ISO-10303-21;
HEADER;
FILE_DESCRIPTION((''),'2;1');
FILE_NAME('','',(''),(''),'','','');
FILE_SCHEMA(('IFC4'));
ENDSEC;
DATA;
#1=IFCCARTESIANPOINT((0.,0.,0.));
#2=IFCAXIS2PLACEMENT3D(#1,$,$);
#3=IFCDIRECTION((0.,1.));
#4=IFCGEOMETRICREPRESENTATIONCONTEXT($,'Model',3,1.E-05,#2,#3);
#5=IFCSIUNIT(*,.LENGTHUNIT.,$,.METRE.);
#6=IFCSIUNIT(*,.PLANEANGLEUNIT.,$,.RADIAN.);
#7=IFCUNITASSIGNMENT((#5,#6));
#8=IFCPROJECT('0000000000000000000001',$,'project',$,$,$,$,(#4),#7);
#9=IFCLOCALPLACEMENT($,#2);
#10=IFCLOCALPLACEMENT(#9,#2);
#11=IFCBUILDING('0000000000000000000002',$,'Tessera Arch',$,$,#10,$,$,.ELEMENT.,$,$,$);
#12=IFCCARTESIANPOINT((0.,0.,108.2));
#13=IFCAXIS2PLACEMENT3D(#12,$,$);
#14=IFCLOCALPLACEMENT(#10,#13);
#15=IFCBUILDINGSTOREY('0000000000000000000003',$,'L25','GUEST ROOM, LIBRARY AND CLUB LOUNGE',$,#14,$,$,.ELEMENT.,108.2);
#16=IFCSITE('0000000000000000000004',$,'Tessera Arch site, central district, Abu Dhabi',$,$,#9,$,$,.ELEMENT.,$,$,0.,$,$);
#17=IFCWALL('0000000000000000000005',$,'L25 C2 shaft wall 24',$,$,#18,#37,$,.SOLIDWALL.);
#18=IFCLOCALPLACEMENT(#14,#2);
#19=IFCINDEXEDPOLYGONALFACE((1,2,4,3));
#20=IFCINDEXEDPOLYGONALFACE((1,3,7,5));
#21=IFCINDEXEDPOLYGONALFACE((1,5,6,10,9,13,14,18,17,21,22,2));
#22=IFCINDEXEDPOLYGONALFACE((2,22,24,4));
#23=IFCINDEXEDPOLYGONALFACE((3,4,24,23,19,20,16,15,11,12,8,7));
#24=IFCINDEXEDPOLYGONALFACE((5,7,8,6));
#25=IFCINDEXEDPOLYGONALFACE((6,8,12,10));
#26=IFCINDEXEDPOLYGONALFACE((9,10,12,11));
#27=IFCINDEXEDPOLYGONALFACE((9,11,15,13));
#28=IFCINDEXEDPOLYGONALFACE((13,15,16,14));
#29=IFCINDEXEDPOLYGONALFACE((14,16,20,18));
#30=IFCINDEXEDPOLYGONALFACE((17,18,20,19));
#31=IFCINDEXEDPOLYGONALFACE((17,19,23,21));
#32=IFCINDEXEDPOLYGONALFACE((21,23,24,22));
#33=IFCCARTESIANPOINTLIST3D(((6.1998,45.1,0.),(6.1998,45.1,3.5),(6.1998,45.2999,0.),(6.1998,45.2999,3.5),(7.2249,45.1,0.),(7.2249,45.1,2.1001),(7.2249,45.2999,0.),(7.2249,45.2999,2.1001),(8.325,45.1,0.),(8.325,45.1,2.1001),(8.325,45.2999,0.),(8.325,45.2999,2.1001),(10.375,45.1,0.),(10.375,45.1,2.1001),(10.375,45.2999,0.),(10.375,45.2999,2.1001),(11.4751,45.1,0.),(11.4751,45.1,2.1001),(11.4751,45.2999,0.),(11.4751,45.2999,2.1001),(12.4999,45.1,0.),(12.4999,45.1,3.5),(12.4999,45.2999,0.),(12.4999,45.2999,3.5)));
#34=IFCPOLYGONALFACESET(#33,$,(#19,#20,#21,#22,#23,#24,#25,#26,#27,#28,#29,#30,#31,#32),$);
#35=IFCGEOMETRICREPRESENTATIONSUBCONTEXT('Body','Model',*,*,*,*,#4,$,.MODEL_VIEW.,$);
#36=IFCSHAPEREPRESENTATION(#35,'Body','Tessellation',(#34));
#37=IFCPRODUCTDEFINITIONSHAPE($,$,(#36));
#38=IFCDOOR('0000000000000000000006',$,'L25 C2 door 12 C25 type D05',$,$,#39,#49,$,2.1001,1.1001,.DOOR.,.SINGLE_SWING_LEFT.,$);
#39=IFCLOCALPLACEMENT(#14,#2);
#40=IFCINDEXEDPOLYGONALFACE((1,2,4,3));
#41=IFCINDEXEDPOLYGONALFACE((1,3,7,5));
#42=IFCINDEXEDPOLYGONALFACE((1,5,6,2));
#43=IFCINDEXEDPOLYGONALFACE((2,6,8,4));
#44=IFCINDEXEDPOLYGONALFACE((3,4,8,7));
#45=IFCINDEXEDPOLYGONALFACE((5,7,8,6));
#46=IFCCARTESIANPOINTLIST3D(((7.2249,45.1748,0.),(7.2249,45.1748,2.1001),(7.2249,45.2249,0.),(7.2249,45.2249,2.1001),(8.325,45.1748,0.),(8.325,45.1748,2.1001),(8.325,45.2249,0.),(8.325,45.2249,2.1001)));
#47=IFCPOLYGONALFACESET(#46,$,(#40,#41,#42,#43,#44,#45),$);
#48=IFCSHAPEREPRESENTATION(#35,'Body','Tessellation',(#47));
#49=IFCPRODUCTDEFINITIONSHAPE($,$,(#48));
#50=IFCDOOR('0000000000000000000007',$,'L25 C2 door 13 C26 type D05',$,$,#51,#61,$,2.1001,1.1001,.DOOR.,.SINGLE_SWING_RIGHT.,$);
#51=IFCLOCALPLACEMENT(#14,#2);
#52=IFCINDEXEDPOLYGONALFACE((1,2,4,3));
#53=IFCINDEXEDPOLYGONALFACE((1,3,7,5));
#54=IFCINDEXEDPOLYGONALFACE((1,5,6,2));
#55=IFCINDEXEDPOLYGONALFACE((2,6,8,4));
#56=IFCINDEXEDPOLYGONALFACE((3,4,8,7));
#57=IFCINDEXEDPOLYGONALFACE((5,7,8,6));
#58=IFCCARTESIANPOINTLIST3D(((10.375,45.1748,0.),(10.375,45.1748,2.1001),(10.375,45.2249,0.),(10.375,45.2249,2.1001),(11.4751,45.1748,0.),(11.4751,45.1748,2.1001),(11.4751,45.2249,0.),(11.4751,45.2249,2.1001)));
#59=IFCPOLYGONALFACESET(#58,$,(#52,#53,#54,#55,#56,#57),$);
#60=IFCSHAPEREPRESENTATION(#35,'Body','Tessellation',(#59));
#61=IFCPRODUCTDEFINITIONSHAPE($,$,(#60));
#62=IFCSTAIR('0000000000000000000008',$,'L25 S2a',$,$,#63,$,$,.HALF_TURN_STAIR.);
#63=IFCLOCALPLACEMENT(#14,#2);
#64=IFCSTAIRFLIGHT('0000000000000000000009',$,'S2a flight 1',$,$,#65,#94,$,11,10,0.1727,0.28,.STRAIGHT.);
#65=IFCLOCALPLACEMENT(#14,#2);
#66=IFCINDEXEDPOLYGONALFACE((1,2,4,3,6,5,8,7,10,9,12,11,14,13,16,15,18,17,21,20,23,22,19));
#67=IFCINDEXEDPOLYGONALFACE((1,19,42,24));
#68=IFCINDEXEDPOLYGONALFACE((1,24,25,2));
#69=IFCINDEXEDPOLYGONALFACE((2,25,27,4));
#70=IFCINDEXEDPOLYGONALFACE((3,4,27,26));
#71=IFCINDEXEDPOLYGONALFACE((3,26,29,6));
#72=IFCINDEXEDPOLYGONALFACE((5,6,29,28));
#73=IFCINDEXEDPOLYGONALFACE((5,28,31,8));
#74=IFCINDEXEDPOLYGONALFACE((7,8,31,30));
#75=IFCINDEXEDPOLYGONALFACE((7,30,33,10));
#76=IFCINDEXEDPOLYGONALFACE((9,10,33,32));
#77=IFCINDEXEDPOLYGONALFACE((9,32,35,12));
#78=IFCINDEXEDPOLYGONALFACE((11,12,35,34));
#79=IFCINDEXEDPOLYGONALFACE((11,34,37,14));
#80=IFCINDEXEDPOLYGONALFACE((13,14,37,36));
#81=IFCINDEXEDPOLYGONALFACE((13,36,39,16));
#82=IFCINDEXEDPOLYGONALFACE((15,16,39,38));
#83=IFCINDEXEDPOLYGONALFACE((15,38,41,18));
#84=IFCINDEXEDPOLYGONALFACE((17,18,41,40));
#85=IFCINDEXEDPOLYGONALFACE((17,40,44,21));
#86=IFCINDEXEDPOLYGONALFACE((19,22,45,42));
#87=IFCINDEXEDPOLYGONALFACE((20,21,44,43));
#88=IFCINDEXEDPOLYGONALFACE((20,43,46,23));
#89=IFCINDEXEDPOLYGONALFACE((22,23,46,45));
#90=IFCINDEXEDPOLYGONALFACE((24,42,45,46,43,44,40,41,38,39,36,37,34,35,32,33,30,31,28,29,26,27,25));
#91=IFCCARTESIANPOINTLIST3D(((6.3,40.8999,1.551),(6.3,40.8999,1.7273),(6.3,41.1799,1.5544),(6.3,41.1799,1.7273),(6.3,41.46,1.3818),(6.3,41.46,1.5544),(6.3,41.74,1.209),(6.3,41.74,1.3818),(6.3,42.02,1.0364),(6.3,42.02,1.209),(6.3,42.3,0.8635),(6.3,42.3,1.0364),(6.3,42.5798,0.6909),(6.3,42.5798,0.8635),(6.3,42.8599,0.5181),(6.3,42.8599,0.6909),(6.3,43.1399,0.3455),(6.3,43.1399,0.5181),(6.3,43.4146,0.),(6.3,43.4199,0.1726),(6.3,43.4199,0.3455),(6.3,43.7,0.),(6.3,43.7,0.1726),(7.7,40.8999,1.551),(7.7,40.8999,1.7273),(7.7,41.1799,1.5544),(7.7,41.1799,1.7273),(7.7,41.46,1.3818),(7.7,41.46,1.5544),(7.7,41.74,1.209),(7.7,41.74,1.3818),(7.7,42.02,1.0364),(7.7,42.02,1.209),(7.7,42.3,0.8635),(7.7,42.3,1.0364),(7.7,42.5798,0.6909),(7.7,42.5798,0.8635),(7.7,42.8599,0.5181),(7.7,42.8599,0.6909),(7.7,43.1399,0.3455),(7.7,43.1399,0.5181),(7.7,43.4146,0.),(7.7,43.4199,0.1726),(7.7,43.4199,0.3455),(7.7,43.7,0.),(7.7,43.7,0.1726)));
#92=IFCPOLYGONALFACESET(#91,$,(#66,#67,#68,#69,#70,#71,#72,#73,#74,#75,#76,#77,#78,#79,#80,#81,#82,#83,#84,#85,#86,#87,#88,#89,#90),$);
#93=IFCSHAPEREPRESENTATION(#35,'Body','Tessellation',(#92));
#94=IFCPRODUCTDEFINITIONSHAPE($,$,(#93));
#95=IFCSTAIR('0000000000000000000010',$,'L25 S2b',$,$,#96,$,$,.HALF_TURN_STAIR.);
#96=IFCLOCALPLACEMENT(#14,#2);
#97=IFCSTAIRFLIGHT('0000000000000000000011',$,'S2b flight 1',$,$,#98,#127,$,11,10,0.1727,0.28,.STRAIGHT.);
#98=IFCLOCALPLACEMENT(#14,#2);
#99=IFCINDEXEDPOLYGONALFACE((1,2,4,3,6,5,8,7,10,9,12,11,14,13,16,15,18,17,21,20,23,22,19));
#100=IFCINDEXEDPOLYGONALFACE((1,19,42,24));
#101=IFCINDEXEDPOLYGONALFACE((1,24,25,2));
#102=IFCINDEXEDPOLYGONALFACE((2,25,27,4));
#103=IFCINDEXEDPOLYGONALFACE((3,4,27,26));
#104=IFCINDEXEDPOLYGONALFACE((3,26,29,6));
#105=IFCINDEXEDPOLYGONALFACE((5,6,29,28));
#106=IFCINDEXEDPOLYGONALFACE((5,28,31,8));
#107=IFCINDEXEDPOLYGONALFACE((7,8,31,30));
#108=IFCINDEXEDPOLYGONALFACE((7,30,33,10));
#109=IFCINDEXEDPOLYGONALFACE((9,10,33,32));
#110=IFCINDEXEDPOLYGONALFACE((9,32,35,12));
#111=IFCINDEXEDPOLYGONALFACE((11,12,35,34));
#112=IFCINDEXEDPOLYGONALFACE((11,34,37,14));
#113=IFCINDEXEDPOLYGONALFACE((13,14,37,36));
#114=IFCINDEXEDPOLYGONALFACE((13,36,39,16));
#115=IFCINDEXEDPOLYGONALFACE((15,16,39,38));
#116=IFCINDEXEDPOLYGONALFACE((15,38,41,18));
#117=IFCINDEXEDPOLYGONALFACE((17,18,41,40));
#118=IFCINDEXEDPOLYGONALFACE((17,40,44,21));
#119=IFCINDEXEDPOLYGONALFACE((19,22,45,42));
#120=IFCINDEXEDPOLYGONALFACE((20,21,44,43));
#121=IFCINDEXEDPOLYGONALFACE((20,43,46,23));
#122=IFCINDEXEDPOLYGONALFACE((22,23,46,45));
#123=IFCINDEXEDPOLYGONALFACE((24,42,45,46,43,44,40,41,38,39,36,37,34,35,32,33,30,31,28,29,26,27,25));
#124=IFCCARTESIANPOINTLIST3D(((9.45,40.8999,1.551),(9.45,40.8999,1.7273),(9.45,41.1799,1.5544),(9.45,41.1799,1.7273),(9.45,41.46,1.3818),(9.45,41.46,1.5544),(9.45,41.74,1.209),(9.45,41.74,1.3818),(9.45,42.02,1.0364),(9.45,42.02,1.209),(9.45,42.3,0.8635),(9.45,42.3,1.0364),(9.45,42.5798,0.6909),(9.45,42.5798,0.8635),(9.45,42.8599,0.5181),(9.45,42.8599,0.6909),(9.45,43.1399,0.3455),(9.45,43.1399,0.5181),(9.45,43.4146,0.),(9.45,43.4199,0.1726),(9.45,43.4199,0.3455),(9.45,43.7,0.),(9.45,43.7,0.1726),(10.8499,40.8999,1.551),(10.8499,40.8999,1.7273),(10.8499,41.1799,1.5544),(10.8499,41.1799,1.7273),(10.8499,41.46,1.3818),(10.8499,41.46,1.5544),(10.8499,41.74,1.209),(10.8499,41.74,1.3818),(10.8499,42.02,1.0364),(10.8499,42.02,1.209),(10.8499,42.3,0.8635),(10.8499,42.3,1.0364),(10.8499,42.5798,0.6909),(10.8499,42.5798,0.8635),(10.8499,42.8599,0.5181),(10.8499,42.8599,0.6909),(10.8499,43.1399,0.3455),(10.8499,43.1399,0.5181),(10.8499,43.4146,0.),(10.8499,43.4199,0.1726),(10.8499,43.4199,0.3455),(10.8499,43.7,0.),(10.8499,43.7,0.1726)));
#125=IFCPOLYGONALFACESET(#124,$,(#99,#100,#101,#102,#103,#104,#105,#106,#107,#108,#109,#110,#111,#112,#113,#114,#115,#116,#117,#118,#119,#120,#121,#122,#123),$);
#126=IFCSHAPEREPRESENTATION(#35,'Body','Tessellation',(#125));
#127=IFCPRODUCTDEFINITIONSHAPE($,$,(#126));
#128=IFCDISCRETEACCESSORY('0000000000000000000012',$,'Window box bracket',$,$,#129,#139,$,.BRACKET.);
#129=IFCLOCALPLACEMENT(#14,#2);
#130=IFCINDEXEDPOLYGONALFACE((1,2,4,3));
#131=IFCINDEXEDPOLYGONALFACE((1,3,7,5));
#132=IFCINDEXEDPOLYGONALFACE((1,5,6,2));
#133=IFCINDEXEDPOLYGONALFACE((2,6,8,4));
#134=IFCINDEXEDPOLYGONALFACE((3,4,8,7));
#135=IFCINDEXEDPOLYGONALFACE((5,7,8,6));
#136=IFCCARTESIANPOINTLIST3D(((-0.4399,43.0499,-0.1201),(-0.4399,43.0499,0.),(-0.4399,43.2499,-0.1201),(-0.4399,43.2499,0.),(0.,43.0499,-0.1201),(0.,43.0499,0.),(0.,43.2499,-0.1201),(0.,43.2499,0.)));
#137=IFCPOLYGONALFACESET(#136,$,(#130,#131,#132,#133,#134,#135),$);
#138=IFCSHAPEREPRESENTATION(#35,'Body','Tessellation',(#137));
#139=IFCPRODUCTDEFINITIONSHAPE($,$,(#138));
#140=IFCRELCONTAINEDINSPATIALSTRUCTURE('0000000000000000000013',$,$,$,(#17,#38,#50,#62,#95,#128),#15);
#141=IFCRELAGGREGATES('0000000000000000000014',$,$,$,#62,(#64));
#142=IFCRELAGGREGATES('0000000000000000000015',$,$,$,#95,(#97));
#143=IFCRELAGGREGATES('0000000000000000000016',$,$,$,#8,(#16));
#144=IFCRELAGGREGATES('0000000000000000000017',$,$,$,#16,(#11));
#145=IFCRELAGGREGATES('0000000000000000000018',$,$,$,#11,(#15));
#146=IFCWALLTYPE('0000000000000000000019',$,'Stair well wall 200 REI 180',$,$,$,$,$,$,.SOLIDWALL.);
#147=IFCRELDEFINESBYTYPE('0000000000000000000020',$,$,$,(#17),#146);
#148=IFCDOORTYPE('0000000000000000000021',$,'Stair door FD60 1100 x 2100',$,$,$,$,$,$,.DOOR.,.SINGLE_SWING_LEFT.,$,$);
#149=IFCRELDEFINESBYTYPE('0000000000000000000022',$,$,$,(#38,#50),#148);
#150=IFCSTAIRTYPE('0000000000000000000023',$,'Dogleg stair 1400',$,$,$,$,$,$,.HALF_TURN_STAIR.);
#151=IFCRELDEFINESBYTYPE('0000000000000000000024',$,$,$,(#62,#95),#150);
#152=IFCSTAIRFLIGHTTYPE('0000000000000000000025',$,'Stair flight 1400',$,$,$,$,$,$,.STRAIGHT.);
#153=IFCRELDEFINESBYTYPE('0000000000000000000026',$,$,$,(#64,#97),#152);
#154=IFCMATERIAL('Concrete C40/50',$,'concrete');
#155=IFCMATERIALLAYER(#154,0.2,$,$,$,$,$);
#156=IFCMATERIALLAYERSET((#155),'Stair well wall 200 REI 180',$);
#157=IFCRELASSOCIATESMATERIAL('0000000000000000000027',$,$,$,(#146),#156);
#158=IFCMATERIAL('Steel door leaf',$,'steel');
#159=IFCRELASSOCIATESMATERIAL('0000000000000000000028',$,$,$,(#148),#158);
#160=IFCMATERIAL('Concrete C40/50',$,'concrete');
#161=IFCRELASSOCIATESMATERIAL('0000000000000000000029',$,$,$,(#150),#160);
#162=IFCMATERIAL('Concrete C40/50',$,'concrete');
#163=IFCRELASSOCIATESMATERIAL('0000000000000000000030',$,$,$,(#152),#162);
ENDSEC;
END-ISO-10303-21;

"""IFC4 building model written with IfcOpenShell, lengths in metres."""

from ifc_helpers import new_model, si_unit, direction, frame, frame_2d, origin, origin_2d, place, context, subcontext, project, spatial, polyline, rectangle, outline, extrude, material, layer, layer_set, type_object, element, fill, aggregate, save


model = new_model("IFC4")

# Units and contexts
model_context = context("Model", 3, precision=1e-05, world=origin(), true_north=direction((0.0, 1.0)))
body_context = subcontext(model_context, "Body", "Model", "MODEL_VIEW")
ifc_project = project(units=[si_unit("LENGTHUNIT", "METRE"), si_unit("PLANEANGLEUNIT", "RADIAN")], contexts=[model_context])

# Site, building, storey
site_placement = place(None, origin())
site = spatial("IfcSite", under=ifc_project, at=site_placement, Name="Tessera Arch site, central district, Abu Dhabi", CompositionType="ELEMENT", RefElevation=0.0)
building_placement = place(site_placement, origin())
building = spatial("IfcBuilding", under=site, at=building_placement, Name="Tessera Arch", CompositionType="ELEMENT")
storey_placement = place(building_placement, frame((0.0, 0.0, 108.2)))
storey = spatial("IfcBuildingStorey", under=building, at=storey_placement, Name="L25", Description="GUEST ROOM, LIBRARY AND CLUB LOUNGE", CompositionType="ELEMENT", Elevation=108.2)

# Wall, openings, doors
ifc_material_1 = material(Name="Concrete C40/50", Category="concrete")
ifc_layer_1 = layer(ifc_material_1, 0.2)
ifc_layer_set_1 = layer_set([ifc_layer_1], Name="Stair well wall 200 REI 180")
wall_type_1 = type_object("IfcWallType", Name="Stair well wall 200 REI 180", PredefinedType="SOLIDWALL", material=ifc_layer_set_1)
wall_1_placement = place(storey_placement, frame((6.2, 45.2, 0.0), z_axis=(0.0, 0.0, 1.0), x_axis=(1.0, 0.0, 0.0)))
wall_1 = element("IfcWall", 1, at=wall_1_placement, inside=storey, type_object=wall_type_1, Name="L25 C2 shaft wall 24", PredefinedType="SOLIDWALL", context=body_context, shape_type="SweptSolid", body=[
    extrude(rectangle(XDim=6.3, YDim=0.2, at=frame_2d((3.1499, 0.0))), origin(), (0.0, 0.0, 1.0), 3.5),
])
opening_1_placement = place(wall_1_placement, frame((1.0249, 0.0, 0.0)))
opening_1 = element("IfcOpeningElement", 2, at=opening_1_placement, cuts=wall_1, PredefinedType="OPENING", context=body_context, shape_type="SweptSolid", body=[
    extrude(rectangle(XDim=1.1001, YDim=2.1001, at=frame_2d((0.55, 1.05))), frame((0.0, 0.1099, 0.0), z_axis=(0.0, -1.0, 0.0), x_axis=(1.0, 0.0, 0.0)), (0.0, 0.0, 1.0), 0.22),
])
opening_2_placement = place(wall_1_placement, frame((4.175, 0.0, 0.0)))
opening_2 = element("IfcOpeningElement", 3, at=opening_2_placement, cuts=wall_1, PredefinedType="OPENING", context=body_context, shape_type="SweptSolid", body=[
    extrude(rectangle(XDim=1.1001, YDim=2.1001, at=frame_2d((0.55, 1.05))), frame((0.0, 0.1099, 0.0), z_axis=(0.0, -1.0, 0.0), x_axis=(1.0, 0.0, 0.0)), (0.0, 0.0, 1.0), 0.22),
])
ifc_material_2 = material(Name="Steel door leaf", Category="steel")
door_type_1 = type_object("IfcDoorType", Name="Stair door FD60 1100 x 2100", OperationType="SINGLE_SWING_LEFT", PredefinedType="DOOR", material=ifc_material_2)
door_1_placement = place(opening_1_placement, origin())
door_1 = element("IfcDoor", 4, at=door_1_placement, inside=storey, type_object=door_type_1, Name="L25 C2 door 12 C25 type D05", OperationType="SINGLE_SWING_LEFT", OverallHeight=2.1001, OverallWidth=1.1001, PredefinedType="DOOR", context=body_context, shape_type="SweptSolid", body=[
    extrude(rectangle(XDim=1.1001, YDim=2.1001, at=frame_2d((0.55, 1.05))), frame((0.0, 0.0249, 0.0), z_axis=(0.0, -1.0, 0.0), x_axis=(1.0, 0.0, 0.0)), (0.0, 0.0, 1.0), 0.05),
])
fill(opening_1, door_1)
door_2_placement = place(opening_2_placement, origin())
door_2 = element("IfcDoor", 5, at=door_2_placement, inside=storey, type_object=door_type_1, Name="L25 C2 door 13 C26 type D05", OperationType="SINGLE_SWING_RIGHT", OverallHeight=2.1001, OverallWidth=1.1001, PredefinedType="DOOR", context=body_context, shape_type="SweptSolid", body=[
    extrude(rectangle(XDim=1.1001, YDim=2.1001, at=frame_2d((0.55, 1.05))), frame((0.0, 0.0249, 0.0), z_axis=(0.0, -1.0, 0.0), x_axis=(1.0, 0.0, 0.0)), (0.0, 0.0, 1.0), 0.05),
])
fill(opening_2, door_2)

# Stairs, stair flights
ifc_material_3 = material(Name="Concrete C40/50", Category="concrete")
stair_type = type_object("IfcStairType", Name="Dogleg stair 1400", PredefinedType="HALF_TURN_STAIR", material=ifc_material_3)
stair_1_placement = place(storey_placement, origin())
stair_1 = element("IfcStair", 6, at=stair_1_placement, inside=storey, type_object=stair_type, Name="L25 S2a", PredefinedType="HALF_TURN_STAIR")
ifc_material_4 = material(Name="Concrete C40/50", Category="concrete")
stair_flight_type = type_object("IfcStairFlightType", Name="Stair flight 1400", PredefinedType="STRAIGHT", material=ifc_material_4)
stair_flight_1_placement = place(storey_placement, frame((7.0, 43.7, 0.0), z_axis=(0.0, 0.0, 1.0), x_axis=(0.0, -1.0, 0.0)))
stair_flight_1 = element("IfcStairFlight", 7, at=stair_flight_1_placement, type_object=stair_flight_type, Name="S2a flight 1", NumberOfRisers=11, NumberOfTreads=10, PredefinedType="STRAIGHT", RiserHeight=0.1727, TreadLength=0.28, context=body_context, shape_type="SweptSolid", body=[
    extrude(outline(polyline([(0.0, 0.0), (0.0, 0.1726), (0.28, 0.1726), (0.28, 0.3455), (0.5601, 0.3455), (0.5601, 0.5181), (0.8401, 0.5181), (0.8401, 0.6909), (1.1201, 0.6909), (1.1201, 0.8635), (1.3999, 0.8635), (1.3999, 1.0364), (1.6799, 1.0364), (1.6799, 1.209), (1.96, 1.209), (1.96, 1.3818), (2.24, 1.3818), (2.24, 1.5544), (2.52, 1.5544), (2.52, 1.7273), (2.8, 1.7273), (2.8, 1.8999), (2.8, 1.551), (0.2854, 0.0), (0.0, 0.0)])), frame((0.0, 0.7, 0.0), z_axis=(0.0, -1.0, 0.0), x_axis=(1.0, 0.0, 0.0)), (0.0, 0.0, 1.0), 1.3999),
])
aggregate(stair_1, [stair_flight_1])
stair_2_placement = place(storey_placement, origin())
stair_2 = element("IfcStair", 8, at=stair_2_placement, inside=storey, type_object=stair_type, Name="L25 S2b", PredefinedType="HALF_TURN_STAIR")
stair_flight_2_placement = place(storey_placement, frame((10.1499, 43.7, 0.0), z_axis=(0.0, 0.0, 1.0), x_axis=(0.0, -1.0, 0.0)))
stair_flight_2 = element("IfcStairFlight", 9, at=stair_flight_2_placement, type_object=stair_flight_type, Name="S2b flight 1", NumberOfRisers=11, NumberOfTreads=10, PredefinedType="STRAIGHT", RiserHeight=0.1727, TreadLength=0.28, context=body_context, shape_type="SweptSolid", body=[
    extrude(outline(polyline([(0.0, 0.0), (0.0, 0.1726), (0.28, 0.1726), (0.28, 0.3455), (0.5601, 0.3455), (0.5601, 0.5181), (0.8401, 0.5181), (0.8401, 0.6909), (1.1201, 0.6909), (1.1201, 0.8635), (1.3999, 0.8635), (1.3999, 1.0364), (1.6799, 1.0364), (1.6799, 1.209), (1.96, 1.209), (1.96, 1.3818), (2.24, 1.3818), (2.24, 1.5544), (2.52, 1.5544), (2.52, 1.7273), (2.8, 1.7273), (2.8, 1.8999), (2.8, 1.551), (0.2854, 0.0), (0.0, 0.0)])), frame((0.0, 0.7, 0.0), z_axis=(0.0, -1.0, 0.0), x_axis=(1.0, 0.0, 0.0)), (0.0, 0.0, 1.0), 1.3999),
])
aggregate(stair_2, [stair_flight_2])

# Discrete accessory
discrete_accessory_placement = place(storey_placement, frame((-0.22, 43.1499, -0.1201), z_axis=(0.0, 0.0, 1.0), x_axis=(-1.0, 0.0, 0.0)))
element("IfcDiscreteAccessory", 10, at=discrete_accessory_placement, inside=storey, Name="Window box bracket", PredefinedType="BRACKET", context=body_context, shape_type="SweptSolid", body=[
    extrude(rectangle(XDim=0.4399, YDim=0.2, at=origin_2d()), origin(), (0.0, 0.0, 1.0), 0.1201),
])

save(model, "model.ifc")
